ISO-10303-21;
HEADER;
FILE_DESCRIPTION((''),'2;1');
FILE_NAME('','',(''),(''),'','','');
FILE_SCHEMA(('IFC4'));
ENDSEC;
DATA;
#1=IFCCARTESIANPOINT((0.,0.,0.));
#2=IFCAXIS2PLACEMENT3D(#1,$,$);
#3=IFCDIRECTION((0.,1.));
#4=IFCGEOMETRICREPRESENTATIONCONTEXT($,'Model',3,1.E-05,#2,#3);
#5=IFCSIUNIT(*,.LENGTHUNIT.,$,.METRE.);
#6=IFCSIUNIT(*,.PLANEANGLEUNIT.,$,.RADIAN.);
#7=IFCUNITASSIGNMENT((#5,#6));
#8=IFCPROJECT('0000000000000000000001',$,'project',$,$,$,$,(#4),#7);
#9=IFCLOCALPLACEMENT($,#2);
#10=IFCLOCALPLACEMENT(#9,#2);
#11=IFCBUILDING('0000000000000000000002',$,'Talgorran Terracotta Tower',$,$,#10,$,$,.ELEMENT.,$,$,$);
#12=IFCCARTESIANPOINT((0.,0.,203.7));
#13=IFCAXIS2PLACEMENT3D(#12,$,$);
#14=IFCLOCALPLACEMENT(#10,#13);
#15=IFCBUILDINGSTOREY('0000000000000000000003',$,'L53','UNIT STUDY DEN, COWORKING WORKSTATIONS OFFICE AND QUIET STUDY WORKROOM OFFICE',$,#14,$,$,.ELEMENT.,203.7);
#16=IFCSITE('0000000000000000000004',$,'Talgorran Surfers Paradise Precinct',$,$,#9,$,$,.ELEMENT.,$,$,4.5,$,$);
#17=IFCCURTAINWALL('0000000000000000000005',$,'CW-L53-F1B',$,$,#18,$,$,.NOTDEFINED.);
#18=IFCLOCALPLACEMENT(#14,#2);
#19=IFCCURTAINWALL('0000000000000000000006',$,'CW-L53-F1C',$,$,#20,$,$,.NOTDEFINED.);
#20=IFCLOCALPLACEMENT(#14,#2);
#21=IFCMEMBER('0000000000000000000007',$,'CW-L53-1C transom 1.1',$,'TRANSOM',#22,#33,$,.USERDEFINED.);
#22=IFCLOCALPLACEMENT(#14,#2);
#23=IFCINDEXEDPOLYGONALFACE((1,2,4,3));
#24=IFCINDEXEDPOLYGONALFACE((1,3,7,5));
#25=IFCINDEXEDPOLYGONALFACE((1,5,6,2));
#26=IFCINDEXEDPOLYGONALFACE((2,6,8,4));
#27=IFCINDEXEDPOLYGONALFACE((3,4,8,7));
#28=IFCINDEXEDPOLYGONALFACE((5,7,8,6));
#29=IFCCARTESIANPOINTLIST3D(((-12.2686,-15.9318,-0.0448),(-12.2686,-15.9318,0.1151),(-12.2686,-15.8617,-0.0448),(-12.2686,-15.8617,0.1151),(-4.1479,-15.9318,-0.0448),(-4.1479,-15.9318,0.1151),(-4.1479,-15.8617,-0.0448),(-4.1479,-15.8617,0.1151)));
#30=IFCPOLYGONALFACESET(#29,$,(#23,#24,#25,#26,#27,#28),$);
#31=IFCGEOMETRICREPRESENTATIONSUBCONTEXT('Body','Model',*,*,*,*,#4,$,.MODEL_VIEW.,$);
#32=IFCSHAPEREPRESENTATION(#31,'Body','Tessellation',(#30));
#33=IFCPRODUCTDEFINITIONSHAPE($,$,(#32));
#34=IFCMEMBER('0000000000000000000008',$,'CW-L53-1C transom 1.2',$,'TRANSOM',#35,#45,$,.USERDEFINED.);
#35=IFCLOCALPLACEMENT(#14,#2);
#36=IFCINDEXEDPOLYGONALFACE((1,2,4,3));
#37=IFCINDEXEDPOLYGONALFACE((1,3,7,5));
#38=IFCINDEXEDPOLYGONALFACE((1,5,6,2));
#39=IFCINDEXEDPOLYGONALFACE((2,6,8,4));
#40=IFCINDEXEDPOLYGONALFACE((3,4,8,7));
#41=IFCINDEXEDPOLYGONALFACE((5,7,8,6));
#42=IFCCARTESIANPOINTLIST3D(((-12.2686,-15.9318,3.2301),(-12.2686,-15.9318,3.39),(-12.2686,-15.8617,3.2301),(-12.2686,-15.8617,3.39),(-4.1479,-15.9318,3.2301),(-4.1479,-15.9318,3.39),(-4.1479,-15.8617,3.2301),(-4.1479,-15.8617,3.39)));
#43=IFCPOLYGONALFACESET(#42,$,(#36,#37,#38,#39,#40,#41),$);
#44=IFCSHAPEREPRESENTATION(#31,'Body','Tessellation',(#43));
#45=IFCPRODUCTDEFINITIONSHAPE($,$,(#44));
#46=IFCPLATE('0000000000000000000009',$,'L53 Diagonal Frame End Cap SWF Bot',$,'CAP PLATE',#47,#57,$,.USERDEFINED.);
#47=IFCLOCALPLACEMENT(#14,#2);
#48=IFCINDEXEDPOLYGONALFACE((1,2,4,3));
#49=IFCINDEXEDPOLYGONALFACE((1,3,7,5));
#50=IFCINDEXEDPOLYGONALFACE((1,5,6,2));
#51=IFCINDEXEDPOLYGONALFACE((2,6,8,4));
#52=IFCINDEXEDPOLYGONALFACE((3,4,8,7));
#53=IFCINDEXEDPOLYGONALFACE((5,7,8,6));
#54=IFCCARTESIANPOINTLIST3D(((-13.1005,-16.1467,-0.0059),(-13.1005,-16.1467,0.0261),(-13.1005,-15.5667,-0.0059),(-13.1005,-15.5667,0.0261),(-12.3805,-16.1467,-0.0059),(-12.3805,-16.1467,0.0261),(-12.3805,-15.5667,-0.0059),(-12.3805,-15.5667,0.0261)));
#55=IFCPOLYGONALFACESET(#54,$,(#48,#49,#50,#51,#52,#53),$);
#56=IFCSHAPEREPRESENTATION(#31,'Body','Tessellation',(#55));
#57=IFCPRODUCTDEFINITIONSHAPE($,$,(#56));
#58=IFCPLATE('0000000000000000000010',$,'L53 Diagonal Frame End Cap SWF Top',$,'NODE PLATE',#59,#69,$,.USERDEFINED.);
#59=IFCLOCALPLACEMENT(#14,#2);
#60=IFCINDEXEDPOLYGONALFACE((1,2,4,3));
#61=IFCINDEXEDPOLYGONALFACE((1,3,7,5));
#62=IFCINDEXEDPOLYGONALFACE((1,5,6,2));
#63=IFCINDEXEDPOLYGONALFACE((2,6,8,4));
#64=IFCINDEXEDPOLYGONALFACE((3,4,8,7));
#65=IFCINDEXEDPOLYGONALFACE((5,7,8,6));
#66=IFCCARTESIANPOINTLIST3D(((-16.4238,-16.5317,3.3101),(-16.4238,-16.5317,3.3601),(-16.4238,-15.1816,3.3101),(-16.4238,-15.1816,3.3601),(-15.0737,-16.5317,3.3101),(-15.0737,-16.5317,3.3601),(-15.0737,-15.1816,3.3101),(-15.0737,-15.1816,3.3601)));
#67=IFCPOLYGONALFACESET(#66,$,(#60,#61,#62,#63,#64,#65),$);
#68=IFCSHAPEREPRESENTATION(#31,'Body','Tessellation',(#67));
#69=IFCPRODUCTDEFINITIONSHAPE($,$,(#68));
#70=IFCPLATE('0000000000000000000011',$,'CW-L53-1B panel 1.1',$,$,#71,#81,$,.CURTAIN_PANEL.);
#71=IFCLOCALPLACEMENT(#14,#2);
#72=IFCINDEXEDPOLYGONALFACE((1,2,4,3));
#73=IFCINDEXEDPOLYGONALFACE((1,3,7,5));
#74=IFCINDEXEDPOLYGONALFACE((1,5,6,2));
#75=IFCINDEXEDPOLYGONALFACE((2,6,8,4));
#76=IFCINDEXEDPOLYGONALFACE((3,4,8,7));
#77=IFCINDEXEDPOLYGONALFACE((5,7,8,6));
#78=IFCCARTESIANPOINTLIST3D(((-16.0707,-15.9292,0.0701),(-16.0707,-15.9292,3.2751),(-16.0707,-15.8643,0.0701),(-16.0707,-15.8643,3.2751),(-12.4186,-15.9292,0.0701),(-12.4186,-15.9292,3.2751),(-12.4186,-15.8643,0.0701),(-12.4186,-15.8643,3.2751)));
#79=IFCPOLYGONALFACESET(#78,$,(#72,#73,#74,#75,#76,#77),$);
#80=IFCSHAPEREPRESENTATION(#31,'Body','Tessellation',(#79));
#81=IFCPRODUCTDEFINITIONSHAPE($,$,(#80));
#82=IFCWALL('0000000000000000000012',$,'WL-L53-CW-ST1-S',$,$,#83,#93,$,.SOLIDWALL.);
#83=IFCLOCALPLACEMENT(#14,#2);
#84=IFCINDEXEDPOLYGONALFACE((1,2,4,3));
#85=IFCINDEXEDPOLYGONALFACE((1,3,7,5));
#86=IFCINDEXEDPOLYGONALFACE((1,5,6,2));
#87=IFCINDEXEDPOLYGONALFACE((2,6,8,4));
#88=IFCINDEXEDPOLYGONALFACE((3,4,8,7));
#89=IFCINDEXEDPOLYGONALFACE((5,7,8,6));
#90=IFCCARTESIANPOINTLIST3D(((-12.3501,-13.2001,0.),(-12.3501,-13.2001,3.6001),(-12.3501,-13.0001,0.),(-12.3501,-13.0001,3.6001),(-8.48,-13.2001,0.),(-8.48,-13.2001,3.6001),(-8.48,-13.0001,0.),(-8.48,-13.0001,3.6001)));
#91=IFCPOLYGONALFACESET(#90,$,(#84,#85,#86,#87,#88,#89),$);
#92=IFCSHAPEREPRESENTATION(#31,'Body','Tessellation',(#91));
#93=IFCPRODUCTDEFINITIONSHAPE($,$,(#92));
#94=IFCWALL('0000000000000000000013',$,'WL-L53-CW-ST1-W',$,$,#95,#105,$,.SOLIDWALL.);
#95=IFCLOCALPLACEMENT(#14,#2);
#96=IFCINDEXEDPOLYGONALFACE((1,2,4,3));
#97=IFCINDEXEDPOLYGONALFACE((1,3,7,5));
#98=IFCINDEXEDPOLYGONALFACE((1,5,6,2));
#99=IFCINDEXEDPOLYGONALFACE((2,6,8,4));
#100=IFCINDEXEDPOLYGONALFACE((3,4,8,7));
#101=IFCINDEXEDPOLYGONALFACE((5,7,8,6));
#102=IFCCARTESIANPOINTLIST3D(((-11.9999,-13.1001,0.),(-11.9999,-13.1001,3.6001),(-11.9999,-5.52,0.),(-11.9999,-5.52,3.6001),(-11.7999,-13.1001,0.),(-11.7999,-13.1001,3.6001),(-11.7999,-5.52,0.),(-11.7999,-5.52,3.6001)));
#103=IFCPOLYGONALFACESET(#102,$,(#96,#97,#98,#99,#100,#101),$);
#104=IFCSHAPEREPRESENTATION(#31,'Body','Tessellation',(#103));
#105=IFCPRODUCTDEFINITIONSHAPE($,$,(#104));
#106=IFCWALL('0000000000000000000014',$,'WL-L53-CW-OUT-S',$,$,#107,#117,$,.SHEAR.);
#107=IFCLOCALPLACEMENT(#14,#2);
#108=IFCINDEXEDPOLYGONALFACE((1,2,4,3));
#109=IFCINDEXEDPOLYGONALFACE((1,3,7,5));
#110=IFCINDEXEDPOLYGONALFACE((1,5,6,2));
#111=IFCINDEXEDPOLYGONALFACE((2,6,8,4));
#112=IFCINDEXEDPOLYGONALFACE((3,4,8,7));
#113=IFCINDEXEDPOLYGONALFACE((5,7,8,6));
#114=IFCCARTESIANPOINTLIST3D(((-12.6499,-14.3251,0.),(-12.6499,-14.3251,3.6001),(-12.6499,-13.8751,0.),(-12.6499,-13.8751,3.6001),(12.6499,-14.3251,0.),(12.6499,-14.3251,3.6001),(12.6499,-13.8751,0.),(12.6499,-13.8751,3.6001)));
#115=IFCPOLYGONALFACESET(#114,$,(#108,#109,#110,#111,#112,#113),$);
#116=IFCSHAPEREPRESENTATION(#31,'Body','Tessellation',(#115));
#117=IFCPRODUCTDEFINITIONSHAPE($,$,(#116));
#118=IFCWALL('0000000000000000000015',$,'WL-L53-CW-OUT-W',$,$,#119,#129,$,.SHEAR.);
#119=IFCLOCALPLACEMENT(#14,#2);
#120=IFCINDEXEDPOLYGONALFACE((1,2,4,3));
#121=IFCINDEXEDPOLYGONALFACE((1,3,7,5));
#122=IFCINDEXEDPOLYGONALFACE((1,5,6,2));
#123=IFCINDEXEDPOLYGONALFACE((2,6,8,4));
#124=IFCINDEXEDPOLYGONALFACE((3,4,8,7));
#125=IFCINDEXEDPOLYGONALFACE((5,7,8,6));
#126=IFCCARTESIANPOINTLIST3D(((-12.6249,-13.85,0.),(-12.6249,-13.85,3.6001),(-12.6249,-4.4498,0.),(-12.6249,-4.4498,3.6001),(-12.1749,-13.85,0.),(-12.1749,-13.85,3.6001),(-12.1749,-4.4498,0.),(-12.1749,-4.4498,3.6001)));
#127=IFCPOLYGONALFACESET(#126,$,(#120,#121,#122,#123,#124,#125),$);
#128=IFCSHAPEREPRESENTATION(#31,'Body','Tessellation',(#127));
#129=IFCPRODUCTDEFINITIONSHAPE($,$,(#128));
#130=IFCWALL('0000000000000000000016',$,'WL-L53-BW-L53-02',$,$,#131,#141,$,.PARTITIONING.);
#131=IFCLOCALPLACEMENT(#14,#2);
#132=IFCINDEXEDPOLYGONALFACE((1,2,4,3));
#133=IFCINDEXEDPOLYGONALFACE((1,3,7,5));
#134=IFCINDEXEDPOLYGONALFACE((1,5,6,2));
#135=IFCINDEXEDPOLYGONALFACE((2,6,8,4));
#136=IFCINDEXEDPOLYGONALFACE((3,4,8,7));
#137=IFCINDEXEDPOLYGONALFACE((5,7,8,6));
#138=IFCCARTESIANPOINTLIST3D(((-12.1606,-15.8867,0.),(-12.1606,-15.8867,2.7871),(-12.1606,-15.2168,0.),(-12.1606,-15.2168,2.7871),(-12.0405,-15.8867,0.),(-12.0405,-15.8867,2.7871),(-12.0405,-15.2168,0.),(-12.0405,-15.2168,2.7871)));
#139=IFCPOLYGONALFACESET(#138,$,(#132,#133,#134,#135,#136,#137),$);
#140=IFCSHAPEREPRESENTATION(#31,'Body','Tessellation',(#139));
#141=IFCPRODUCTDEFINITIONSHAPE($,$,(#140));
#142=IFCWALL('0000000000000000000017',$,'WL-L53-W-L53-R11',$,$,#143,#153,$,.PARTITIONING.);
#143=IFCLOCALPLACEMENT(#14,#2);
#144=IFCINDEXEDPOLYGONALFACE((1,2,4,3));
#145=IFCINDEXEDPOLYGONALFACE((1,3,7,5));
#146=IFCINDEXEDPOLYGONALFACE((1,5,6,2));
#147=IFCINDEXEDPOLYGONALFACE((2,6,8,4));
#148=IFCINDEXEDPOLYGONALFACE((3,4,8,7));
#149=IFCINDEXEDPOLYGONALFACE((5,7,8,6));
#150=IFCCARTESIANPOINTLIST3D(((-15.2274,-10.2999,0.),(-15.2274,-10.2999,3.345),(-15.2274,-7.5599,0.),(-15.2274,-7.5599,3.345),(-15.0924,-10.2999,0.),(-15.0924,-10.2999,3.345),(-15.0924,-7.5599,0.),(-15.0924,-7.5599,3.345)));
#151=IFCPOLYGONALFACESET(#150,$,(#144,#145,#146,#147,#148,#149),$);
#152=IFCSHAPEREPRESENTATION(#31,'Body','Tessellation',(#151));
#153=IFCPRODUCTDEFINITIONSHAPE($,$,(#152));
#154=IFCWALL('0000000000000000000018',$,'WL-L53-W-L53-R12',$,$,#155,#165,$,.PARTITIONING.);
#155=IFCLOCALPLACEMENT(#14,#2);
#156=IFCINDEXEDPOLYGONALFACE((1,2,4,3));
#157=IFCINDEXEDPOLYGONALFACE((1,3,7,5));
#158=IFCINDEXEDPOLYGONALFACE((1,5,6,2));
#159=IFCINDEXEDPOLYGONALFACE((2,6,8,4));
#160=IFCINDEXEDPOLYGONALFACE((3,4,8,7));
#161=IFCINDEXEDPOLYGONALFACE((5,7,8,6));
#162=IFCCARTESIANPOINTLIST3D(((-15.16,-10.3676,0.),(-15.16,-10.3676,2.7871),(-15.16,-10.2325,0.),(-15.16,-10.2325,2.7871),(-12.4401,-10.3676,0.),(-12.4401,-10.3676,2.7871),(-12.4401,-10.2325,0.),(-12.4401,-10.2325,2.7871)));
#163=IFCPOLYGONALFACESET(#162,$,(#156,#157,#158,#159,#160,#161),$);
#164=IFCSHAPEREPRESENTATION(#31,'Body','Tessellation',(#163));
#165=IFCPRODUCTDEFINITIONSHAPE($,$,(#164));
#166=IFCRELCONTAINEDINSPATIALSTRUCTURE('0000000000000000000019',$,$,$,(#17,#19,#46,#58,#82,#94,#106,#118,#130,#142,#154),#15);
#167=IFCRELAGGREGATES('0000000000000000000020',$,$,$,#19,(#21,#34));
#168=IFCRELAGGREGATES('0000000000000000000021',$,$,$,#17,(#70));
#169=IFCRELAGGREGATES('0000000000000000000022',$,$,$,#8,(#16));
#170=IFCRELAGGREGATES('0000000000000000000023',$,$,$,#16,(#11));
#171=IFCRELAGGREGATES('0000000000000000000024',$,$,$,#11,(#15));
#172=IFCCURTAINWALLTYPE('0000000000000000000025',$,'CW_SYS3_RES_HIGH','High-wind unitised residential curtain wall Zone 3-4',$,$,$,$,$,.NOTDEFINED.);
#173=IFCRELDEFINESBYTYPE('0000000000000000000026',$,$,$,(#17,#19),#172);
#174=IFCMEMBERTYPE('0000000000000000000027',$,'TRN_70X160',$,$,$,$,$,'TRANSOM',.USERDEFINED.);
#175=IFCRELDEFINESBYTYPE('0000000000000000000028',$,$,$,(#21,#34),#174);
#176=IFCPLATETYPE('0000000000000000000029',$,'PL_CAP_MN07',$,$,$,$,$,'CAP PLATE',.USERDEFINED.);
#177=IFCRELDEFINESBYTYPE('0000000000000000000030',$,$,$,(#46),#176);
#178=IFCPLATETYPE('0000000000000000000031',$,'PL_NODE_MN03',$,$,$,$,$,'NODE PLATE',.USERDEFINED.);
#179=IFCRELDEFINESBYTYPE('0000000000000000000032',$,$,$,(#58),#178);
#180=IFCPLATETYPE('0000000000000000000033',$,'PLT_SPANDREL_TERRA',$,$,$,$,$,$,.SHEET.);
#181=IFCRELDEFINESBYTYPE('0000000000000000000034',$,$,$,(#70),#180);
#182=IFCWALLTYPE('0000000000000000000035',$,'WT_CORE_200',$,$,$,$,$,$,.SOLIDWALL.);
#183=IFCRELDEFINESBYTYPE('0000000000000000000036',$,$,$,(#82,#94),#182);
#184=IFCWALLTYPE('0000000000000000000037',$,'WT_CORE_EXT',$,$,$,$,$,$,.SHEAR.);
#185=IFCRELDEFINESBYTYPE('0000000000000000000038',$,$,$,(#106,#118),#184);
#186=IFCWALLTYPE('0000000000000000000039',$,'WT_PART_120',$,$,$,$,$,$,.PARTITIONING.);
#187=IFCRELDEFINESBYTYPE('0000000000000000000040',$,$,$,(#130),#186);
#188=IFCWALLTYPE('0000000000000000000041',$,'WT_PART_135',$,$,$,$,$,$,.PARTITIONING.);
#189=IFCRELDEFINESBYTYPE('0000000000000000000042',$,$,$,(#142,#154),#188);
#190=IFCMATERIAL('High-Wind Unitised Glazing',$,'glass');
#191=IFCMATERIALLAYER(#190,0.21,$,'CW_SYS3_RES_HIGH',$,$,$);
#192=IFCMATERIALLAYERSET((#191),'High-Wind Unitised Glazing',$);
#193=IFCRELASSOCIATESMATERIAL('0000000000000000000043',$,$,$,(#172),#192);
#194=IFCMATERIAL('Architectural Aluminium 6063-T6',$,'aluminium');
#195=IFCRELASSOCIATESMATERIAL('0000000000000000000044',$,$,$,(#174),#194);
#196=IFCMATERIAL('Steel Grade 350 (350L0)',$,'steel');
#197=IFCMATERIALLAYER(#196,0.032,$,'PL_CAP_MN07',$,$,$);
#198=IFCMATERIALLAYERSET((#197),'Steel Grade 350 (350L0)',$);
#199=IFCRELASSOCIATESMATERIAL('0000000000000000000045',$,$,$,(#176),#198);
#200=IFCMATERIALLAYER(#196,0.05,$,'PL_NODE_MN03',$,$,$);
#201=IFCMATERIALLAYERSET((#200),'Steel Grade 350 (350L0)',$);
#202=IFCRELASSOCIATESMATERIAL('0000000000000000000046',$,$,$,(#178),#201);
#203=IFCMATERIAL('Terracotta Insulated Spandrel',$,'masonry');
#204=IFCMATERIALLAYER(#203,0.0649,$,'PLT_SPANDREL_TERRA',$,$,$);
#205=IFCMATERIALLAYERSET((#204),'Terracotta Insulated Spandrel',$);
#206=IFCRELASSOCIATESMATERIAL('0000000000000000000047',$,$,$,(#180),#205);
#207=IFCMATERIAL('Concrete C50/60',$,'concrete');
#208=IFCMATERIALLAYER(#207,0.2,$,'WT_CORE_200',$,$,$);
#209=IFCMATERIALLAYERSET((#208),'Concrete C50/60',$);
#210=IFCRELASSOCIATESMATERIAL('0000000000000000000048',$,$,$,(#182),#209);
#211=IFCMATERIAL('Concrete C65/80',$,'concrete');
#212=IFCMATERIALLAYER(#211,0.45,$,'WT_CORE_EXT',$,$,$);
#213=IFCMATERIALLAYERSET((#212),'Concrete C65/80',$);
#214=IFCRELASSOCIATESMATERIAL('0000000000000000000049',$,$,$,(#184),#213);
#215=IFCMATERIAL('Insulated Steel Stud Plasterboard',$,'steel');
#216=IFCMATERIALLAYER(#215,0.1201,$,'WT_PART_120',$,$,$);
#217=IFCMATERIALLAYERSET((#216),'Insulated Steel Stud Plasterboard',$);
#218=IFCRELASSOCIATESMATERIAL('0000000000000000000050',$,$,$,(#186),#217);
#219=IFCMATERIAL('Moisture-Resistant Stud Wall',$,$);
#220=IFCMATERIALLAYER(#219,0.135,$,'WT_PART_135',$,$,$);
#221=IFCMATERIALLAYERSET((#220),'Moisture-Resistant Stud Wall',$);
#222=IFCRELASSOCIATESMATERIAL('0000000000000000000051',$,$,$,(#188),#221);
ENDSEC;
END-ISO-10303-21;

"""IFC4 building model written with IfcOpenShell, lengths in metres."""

from ifc_helpers import new_model, si_unit, direction, frame, frame_2d, origin, origin_2d, place, context, subcontext, project, spatial, rectangle, extrude, source, transform, mapped, material, layer, layer_set, material_profile, profile_set, type_object, type_shapes, element, aggregate, save


model = new_model("IFC4")

# Units and contexts
model_context = context("Model", 3, precision=1e-05, world=origin(), true_north=direction((0.0, 1.0)))
body_context = subcontext(model_context, "Body", "Model", "MODEL_VIEW")
ifc_project = project(units=[si_unit("LENGTHUNIT", "METRE"), si_unit("PLANEANGLEUNIT", "RADIAN")], contexts=[model_context])

# Site, building, storey
site_placement = place(None, origin())
site = spatial("IfcSite", under=ifc_project, at=site_placement, Name="Talgorran Surfers Paradise Precinct", CompositionType="ELEMENT", RefElevation=4.5)
building_placement = place(site_placement, origin())
building = spatial("IfcBuilding", under=site, at=building_placement, Name="Talgorran Terracotta Tower", CompositionType="ELEMENT")
storey_placement = place(building_placement, frame((0.0, 0.0, 203.7)))
storey = spatial("IfcBuildingStorey", under=building, at=storey_placement, Name="L53", Description="UNIT STUDY DEN, COWORKING WORKSTATIONS OFFICE AND QUIET STUDY WORKROOM OFFICE", CompositionType="ELEMENT", Elevation=203.7)

# Shared definitions
ifc_material_1 = material(Name="Steel Grade 350 (350L0)", Category="steel")

# Curtain wall
ifc_material_2 = material(Name="High-Wind Unitised Glazing", Category="glass")
ifc_layer_1 = layer(ifc_material_2, 0.21, Name="CW_SYS3_RES_HIGH")
ifc_layer_set_1 = layer_set([ifc_layer_1], Name="High-Wind Unitised Glazing")
curtain_wall_type = type_object("IfcCurtainWallType", Name="CW_SYS3_RES_HIGH", Description="High-wind unitised residential curtain wall Zone 3-4", PredefinedType="NOTDEFINED", material=ifc_layer_set_1)
curtain_wall_1_placement = place(storey_placement, origin())
curtain_wall_1 = element("IfcCurtainWall", 1, at=curtain_wall_1_placement, inside=storey, type_object=curtain_wall_type, Name="CW-L53-F1B", PredefinedType="NOTDEFINED")
ifc_material_3 = material(Name="Architectural Aluminium 6063-T6", Category="aluminium")

# Curtain wall, members
curtain_wall_2_placement = place(storey_placement, origin())
curtain_wall_2 = element("IfcCurtainWall", 2, at=curtain_wall_2_placement, inside=storey, type_object=curtain_wall_type, Name="CW-L53-F1C", PredefinedType="NOTDEFINED")
ifc_material_profile_1 = material_profile(ifc_material_3, rectangle(XDim=0.0701, YDim=0.1599, at=origin_2d()), Name="CWT70X160")
ifc_profile_set_1 = profile_set([ifc_material_profile_1], Name="Architectural Aluminium 6063-T6")
member_type_1 = type_object("IfcMemberType", Name="TRN_70X160", ElementType="TRANSOM", PredefinedType="USERDEFINED", material=ifc_profile_set_1)
member_1_placement = place(storey_placement, frame((-12.2686, -15.8967, 0.0352), z_axis=(1.0, 0.0, 0.0), x_axis=(0.0, 1.0, 0.0)))
member_1 = element("IfcMember", 3, at=member_1_placement, type_object=member_type_1, Name="CW-L53-1C transom 1.1", ObjectType="TRANSOM", PredefinedType="USERDEFINED", context=body_context, shape_type="SweptSolid", body=[
    extrude(rectangle(XDim=0.0701, YDim=0.1599, at=origin_2d()), origin(), (0.0, 0.0, 1.0), 8.1206),
])
member_2_placement = place(storey_placement, frame((-12.2686, -15.8967, 3.3101), z_axis=(1.0, 0.0, 0.0), x_axis=(0.0, 1.0, 0.0)))
member_2 = element("IfcMember", 4, at=member_2_placement, type_object=member_type_1, Name="CW-L53-1C transom 1.2", ObjectType="TRANSOM", PredefinedType="USERDEFINED", context=body_context, shape_type="SweptSolid", body=[
    extrude(rectangle(XDim=0.0701, YDim=0.1599, at=origin_2d()), origin(), (0.0, 0.0, 1.0), 8.1206),
])
aggregate(curtain_wall_2, [member_1, member_2])

# Plates
ifc_layer_2 = layer(ifc_material_1, 0.032, Name="PL_CAP_MN07")
ifc_layer_set_2 = layer_set([ifc_layer_2], Name="Steel Grade 350 (350L0)")
plate_type_1 = type_object("IfcPlateType", Name="PL_CAP_MN07", ElementType="CAP PLATE", PredefinedType="USERDEFINED", material=ifc_layer_set_2)
plate_1_placement = place(storey_placement, frame((-12.7405, -15.8567, -0.0059), z_axis=(0.0, 0.0, 1.0), x_axis=(-1.0, 0.0, 0.0)))
element("IfcPlate", 5, at=plate_1_placement, inside=storey, type_object=plate_type_1, Name="L53 Diagonal Frame End Cap SWF Bot", ObjectType="CAP PLATE", PredefinedType="USERDEFINED", context=body_context, shape_type="SweptSolid", body=[
    extrude(rectangle(XDim=0.72, YDim=0.5801, at=origin_2d()), origin(), (0.0, 0.0, 1.0), 0.032),
])
ifc_layer_3 = layer(ifc_material_1, 0.05, Name="PL_NODE_MN03")
ifc_layer_set_3 = layer_set([ifc_layer_3], Name="Steel Grade 350 (350L0)")
plate_type_2 = type_object("IfcPlateType", Name="PL_NODE_MN03", ElementType="NODE PLATE", PredefinedType="USERDEFINED", material=ifc_layer_set_3)
plate_2_placement = place(storey_placement, frame((-15.7488, -15.8567, 3.3101), z_axis=(0.0, 0.0, 1.0), x_axis=(-1.0, 0.0, 0.0)))
element("IfcPlate", 6, at=plate_2_placement, inside=storey, type_object=plate_type_2, Name="L53 Diagonal Frame End Cap SWF Top", ObjectType="NODE PLATE", PredefinedType="USERDEFINED", context=body_context, shape_type="SweptSolid", body=[
    extrude(rectangle(XDim=1.3501, YDim=1.3501, at=origin_2d()), origin(), (0.0, 0.0, 1.0), 0.05),
])

# Plate
ifc_material_4 = material(Name="Terracotta Insulated Spandrel", Category="masonry")
ifc_layer_4 = layer(ifc_material_4, 0.0649, Name="PLT_SPANDREL_TERRA")
ifc_layer_set_4 = layer_set([ifc_layer_4], Name="Terracotta Insulated Spandrel")
plate_type_3 = type_object("IfcPlateType", Name="PLT_SPANDREL_TERRA", PredefinedType="SHEET", material=ifc_layer_set_4)
shared_shape = source(origin(), body_context, "Body", "SweptSolid", [
    extrude(rectangle(XDim=3.6521, YDim=0.0649, at=origin_2d()), origin(), (0.0, 0.0, 1.0), 3.2051),
])
type_shapes(plate_type_3, [shared_shape])
plate_3_placement = place(storey_placement, frame((-14.2446, -15.8967, 0.0701), z_axis=(0.0, 0.0, 1.0), x_axis=(1.0, 0.0, 0.0)))
plate_3 = element("IfcPlate", 7, at=plate_3_placement, type_object=plate_type_3, Name="CW-L53-1B panel 1.1", PredefinedType="CURTAIN_PANEL", context=body_context, shape_type="MappedRepresentation", body=[
    mapped(shared_shape, transform((0.0, 0.0, 0.0), scale=1.0)),
])
aggregate(curtain_wall_1, [plate_3])

# Walls
ifc_material_5 = material(Name="Concrete C50/60", Category="concrete")
ifc_layer_5 = layer(ifc_material_5, 0.2, Name="WT_CORE_200")
ifc_layer_set_5 = layer_set([ifc_layer_5], Name="Concrete C50/60")
wall_type_1 = type_object("IfcWallType", Name="WT_CORE_200", PredefinedType="SOLIDWALL", material=ifc_layer_set_5)
wall_1_placement = place(storey_placement, frame((-12.3501, -13.1001, 0.0), z_axis=(0.0, 0.0, 1.0), x_axis=(1.0, 0.0, 0.0)))
element("IfcWall", 8, at=wall_1_placement, inside=storey, type_object=wall_type_1, Name="WL-L53-CW-ST1-S", PredefinedType="SOLIDWALL", context=body_context, shape_type="SweptSolid", body=[
    extrude(rectangle(XDim=3.8701, YDim=0.2, at=frame_2d((1.9351, 0.0))), origin(), (0.0, 0.0, 1.0), 3.6001),
])
wall_2_placement = place(storey_placement, frame((-11.8999, -13.1001, 0.0), z_axis=(0.0, 0.0, 1.0), x_axis=(0.0, 1.0, 0.0)))
element("IfcWall", 9, at=wall_2_placement, inside=storey, type_object=wall_type_1, Name="WL-L53-CW-ST1-W", PredefinedType="SOLIDWALL", context=body_context, shape_type="SweptSolid", body=[
    extrude(rectangle(XDim=7.5801, YDim=0.2, at=frame_2d((3.79, 0.0))), origin(), (0.0, 0.0, 1.0), 3.6001),
])
ifc_material_6 = material(Name="Concrete C65/80", Category="concrete")
ifc_layer_6 = layer(ifc_material_6, 0.45, Name="WT_CORE_EXT")
ifc_layer_set_6 = layer_set([ifc_layer_6], Name="Concrete C65/80")
wall_type_2 = type_object("IfcWallType", Name="WT_CORE_EXT", PredefinedType="SHEAR", material=ifc_layer_set_6)
wall_3_placement = place(storey_placement, frame((-12.6499, -14.1001, 0.0), z_axis=(0.0, 0.0, 1.0), x_axis=(1.0, 0.0, 0.0)))
element("IfcWall", 10, at=wall_3_placement, inside=storey, type_object=wall_type_2, Name="WL-L53-CW-OUT-S", PredefinedType="SHEAR", context=body_context, shape_type="SweptSolid", body=[
    extrude(rectangle(XDim=25.2998, YDim=0.45, at=frame_2d((12.6499, 0.0))), origin(), (0.0, 0.0, 1.0), 3.6001),
])
wall_4_placement = place(storey_placement, frame((-12.3999, -13.8501, 0.0), z_axis=(0.0, 0.0, 1.0), x_axis=(0.0, 1.0, 0.0)))
element("IfcWall", 11, at=wall_4_placement, inside=storey, type_object=wall_type_2, Name="WL-L53-CW-OUT-W", PredefinedType="SHEAR", context=body_context, shape_type="SweptSolid", body=[
    extrude(rectangle(XDim=9.4001, YDim=0.45, at=frame_2d((4.7002, 0.0))), origin(), (0.0, 0.0, 1.0), 3.6001),
])
ifc_material_7 = material(Name="Insulated Steel Stud Plasterboard", Category="steel")
ifc_layer_7 = layer(ifc_material_7, 0.1201, Name="WT_PART_120")
ifc_layer_set_7 = layer_set([ifc_layer_7], Name="Insulated Steel Stud Plasterboard")
wall_type_3 = type_object("IfcWallType", Name="WT_PART_120", PredefinedType="PARTITIONING", material=ifc_layer_set_7)
wall_5_placement = place(storey_placement, frame((-12.1006, -15.2168, 0.0), z_axis=(0.0, 0.0, 1.0), x_axis=(0.0, -1.0, 0.0)))
element("IfcWall", 12, at=wall_5_placement, inside=storey, type_object=wall_type_3, Name="WL-L53-BW-L53-02", PredefinedType="PARTITIONING", context=body_context, shape_type="SweptSolid", body=[
    extrude(rectangle(XDim=0.6699, YDim=0.1201, at=frame_2d((0.335, 0.0))), origin(), (0.0, 0.0, 1.0), 2.7871),
])
ifc_material_8 = material(Name="Moisture-Resistant Stud Wall")
ifc_layer_8 = layer(ifc_material_8, 0.135, Name="WT_PART_135")
ifc_layer_set_8 = layer_set([ifc_layer_8], Name="Moisture-Resistant Stud Wall")
wall_type_4 = type_object("IfcWallType", Name="WT_PART_135", PredefinedType="PARTITIONING", material=ifc_layer_set_8)
wall_6_placement = place(storey_placement, frame((-15.1599, -10.3, 0.0), z_axis=(0.0, 0.0, 1.0), x_axis=(0.0, 1.0, 0.0)))
element("IfcWall", 13, at=wall_6_placement, inside=storey, type_object=wall_type_4, Name="WL-L53-W-L53-R11", PredefinedType="PARTITIONING", context=body_context, shape_type="SweptSolid", body=[
    extrude(rectangle(XDim=2.74, YDim=0.135, at=frame_2d((1.3701, 0.0))), origin(), (0.0, 0.0, 1.0), 3.345),
])
wall_7_placement = place(storey_placement, frame((-15.1599, -10.3, 0.0), z_axis=(0.0, 0.0, 1.0), x_axis=(1.0, 0.0, 0.0)))
element("IfcWall", 14, at=wall_7_placement, inside=storey, type_object=wall_type_4, Name="WL-L53-W-L53-R12", PredefinedType="PARTITIONING", context=body_context, shape_type="SweptSolid", body=[
    extrude(rectangle(XDim=2.72, YDim=0.135, at=frame_2d((1.3599, 0.0))), origin(), (0.0, 0.0, 1.0), 2.7871),
])

save(model, "model.ifc")
